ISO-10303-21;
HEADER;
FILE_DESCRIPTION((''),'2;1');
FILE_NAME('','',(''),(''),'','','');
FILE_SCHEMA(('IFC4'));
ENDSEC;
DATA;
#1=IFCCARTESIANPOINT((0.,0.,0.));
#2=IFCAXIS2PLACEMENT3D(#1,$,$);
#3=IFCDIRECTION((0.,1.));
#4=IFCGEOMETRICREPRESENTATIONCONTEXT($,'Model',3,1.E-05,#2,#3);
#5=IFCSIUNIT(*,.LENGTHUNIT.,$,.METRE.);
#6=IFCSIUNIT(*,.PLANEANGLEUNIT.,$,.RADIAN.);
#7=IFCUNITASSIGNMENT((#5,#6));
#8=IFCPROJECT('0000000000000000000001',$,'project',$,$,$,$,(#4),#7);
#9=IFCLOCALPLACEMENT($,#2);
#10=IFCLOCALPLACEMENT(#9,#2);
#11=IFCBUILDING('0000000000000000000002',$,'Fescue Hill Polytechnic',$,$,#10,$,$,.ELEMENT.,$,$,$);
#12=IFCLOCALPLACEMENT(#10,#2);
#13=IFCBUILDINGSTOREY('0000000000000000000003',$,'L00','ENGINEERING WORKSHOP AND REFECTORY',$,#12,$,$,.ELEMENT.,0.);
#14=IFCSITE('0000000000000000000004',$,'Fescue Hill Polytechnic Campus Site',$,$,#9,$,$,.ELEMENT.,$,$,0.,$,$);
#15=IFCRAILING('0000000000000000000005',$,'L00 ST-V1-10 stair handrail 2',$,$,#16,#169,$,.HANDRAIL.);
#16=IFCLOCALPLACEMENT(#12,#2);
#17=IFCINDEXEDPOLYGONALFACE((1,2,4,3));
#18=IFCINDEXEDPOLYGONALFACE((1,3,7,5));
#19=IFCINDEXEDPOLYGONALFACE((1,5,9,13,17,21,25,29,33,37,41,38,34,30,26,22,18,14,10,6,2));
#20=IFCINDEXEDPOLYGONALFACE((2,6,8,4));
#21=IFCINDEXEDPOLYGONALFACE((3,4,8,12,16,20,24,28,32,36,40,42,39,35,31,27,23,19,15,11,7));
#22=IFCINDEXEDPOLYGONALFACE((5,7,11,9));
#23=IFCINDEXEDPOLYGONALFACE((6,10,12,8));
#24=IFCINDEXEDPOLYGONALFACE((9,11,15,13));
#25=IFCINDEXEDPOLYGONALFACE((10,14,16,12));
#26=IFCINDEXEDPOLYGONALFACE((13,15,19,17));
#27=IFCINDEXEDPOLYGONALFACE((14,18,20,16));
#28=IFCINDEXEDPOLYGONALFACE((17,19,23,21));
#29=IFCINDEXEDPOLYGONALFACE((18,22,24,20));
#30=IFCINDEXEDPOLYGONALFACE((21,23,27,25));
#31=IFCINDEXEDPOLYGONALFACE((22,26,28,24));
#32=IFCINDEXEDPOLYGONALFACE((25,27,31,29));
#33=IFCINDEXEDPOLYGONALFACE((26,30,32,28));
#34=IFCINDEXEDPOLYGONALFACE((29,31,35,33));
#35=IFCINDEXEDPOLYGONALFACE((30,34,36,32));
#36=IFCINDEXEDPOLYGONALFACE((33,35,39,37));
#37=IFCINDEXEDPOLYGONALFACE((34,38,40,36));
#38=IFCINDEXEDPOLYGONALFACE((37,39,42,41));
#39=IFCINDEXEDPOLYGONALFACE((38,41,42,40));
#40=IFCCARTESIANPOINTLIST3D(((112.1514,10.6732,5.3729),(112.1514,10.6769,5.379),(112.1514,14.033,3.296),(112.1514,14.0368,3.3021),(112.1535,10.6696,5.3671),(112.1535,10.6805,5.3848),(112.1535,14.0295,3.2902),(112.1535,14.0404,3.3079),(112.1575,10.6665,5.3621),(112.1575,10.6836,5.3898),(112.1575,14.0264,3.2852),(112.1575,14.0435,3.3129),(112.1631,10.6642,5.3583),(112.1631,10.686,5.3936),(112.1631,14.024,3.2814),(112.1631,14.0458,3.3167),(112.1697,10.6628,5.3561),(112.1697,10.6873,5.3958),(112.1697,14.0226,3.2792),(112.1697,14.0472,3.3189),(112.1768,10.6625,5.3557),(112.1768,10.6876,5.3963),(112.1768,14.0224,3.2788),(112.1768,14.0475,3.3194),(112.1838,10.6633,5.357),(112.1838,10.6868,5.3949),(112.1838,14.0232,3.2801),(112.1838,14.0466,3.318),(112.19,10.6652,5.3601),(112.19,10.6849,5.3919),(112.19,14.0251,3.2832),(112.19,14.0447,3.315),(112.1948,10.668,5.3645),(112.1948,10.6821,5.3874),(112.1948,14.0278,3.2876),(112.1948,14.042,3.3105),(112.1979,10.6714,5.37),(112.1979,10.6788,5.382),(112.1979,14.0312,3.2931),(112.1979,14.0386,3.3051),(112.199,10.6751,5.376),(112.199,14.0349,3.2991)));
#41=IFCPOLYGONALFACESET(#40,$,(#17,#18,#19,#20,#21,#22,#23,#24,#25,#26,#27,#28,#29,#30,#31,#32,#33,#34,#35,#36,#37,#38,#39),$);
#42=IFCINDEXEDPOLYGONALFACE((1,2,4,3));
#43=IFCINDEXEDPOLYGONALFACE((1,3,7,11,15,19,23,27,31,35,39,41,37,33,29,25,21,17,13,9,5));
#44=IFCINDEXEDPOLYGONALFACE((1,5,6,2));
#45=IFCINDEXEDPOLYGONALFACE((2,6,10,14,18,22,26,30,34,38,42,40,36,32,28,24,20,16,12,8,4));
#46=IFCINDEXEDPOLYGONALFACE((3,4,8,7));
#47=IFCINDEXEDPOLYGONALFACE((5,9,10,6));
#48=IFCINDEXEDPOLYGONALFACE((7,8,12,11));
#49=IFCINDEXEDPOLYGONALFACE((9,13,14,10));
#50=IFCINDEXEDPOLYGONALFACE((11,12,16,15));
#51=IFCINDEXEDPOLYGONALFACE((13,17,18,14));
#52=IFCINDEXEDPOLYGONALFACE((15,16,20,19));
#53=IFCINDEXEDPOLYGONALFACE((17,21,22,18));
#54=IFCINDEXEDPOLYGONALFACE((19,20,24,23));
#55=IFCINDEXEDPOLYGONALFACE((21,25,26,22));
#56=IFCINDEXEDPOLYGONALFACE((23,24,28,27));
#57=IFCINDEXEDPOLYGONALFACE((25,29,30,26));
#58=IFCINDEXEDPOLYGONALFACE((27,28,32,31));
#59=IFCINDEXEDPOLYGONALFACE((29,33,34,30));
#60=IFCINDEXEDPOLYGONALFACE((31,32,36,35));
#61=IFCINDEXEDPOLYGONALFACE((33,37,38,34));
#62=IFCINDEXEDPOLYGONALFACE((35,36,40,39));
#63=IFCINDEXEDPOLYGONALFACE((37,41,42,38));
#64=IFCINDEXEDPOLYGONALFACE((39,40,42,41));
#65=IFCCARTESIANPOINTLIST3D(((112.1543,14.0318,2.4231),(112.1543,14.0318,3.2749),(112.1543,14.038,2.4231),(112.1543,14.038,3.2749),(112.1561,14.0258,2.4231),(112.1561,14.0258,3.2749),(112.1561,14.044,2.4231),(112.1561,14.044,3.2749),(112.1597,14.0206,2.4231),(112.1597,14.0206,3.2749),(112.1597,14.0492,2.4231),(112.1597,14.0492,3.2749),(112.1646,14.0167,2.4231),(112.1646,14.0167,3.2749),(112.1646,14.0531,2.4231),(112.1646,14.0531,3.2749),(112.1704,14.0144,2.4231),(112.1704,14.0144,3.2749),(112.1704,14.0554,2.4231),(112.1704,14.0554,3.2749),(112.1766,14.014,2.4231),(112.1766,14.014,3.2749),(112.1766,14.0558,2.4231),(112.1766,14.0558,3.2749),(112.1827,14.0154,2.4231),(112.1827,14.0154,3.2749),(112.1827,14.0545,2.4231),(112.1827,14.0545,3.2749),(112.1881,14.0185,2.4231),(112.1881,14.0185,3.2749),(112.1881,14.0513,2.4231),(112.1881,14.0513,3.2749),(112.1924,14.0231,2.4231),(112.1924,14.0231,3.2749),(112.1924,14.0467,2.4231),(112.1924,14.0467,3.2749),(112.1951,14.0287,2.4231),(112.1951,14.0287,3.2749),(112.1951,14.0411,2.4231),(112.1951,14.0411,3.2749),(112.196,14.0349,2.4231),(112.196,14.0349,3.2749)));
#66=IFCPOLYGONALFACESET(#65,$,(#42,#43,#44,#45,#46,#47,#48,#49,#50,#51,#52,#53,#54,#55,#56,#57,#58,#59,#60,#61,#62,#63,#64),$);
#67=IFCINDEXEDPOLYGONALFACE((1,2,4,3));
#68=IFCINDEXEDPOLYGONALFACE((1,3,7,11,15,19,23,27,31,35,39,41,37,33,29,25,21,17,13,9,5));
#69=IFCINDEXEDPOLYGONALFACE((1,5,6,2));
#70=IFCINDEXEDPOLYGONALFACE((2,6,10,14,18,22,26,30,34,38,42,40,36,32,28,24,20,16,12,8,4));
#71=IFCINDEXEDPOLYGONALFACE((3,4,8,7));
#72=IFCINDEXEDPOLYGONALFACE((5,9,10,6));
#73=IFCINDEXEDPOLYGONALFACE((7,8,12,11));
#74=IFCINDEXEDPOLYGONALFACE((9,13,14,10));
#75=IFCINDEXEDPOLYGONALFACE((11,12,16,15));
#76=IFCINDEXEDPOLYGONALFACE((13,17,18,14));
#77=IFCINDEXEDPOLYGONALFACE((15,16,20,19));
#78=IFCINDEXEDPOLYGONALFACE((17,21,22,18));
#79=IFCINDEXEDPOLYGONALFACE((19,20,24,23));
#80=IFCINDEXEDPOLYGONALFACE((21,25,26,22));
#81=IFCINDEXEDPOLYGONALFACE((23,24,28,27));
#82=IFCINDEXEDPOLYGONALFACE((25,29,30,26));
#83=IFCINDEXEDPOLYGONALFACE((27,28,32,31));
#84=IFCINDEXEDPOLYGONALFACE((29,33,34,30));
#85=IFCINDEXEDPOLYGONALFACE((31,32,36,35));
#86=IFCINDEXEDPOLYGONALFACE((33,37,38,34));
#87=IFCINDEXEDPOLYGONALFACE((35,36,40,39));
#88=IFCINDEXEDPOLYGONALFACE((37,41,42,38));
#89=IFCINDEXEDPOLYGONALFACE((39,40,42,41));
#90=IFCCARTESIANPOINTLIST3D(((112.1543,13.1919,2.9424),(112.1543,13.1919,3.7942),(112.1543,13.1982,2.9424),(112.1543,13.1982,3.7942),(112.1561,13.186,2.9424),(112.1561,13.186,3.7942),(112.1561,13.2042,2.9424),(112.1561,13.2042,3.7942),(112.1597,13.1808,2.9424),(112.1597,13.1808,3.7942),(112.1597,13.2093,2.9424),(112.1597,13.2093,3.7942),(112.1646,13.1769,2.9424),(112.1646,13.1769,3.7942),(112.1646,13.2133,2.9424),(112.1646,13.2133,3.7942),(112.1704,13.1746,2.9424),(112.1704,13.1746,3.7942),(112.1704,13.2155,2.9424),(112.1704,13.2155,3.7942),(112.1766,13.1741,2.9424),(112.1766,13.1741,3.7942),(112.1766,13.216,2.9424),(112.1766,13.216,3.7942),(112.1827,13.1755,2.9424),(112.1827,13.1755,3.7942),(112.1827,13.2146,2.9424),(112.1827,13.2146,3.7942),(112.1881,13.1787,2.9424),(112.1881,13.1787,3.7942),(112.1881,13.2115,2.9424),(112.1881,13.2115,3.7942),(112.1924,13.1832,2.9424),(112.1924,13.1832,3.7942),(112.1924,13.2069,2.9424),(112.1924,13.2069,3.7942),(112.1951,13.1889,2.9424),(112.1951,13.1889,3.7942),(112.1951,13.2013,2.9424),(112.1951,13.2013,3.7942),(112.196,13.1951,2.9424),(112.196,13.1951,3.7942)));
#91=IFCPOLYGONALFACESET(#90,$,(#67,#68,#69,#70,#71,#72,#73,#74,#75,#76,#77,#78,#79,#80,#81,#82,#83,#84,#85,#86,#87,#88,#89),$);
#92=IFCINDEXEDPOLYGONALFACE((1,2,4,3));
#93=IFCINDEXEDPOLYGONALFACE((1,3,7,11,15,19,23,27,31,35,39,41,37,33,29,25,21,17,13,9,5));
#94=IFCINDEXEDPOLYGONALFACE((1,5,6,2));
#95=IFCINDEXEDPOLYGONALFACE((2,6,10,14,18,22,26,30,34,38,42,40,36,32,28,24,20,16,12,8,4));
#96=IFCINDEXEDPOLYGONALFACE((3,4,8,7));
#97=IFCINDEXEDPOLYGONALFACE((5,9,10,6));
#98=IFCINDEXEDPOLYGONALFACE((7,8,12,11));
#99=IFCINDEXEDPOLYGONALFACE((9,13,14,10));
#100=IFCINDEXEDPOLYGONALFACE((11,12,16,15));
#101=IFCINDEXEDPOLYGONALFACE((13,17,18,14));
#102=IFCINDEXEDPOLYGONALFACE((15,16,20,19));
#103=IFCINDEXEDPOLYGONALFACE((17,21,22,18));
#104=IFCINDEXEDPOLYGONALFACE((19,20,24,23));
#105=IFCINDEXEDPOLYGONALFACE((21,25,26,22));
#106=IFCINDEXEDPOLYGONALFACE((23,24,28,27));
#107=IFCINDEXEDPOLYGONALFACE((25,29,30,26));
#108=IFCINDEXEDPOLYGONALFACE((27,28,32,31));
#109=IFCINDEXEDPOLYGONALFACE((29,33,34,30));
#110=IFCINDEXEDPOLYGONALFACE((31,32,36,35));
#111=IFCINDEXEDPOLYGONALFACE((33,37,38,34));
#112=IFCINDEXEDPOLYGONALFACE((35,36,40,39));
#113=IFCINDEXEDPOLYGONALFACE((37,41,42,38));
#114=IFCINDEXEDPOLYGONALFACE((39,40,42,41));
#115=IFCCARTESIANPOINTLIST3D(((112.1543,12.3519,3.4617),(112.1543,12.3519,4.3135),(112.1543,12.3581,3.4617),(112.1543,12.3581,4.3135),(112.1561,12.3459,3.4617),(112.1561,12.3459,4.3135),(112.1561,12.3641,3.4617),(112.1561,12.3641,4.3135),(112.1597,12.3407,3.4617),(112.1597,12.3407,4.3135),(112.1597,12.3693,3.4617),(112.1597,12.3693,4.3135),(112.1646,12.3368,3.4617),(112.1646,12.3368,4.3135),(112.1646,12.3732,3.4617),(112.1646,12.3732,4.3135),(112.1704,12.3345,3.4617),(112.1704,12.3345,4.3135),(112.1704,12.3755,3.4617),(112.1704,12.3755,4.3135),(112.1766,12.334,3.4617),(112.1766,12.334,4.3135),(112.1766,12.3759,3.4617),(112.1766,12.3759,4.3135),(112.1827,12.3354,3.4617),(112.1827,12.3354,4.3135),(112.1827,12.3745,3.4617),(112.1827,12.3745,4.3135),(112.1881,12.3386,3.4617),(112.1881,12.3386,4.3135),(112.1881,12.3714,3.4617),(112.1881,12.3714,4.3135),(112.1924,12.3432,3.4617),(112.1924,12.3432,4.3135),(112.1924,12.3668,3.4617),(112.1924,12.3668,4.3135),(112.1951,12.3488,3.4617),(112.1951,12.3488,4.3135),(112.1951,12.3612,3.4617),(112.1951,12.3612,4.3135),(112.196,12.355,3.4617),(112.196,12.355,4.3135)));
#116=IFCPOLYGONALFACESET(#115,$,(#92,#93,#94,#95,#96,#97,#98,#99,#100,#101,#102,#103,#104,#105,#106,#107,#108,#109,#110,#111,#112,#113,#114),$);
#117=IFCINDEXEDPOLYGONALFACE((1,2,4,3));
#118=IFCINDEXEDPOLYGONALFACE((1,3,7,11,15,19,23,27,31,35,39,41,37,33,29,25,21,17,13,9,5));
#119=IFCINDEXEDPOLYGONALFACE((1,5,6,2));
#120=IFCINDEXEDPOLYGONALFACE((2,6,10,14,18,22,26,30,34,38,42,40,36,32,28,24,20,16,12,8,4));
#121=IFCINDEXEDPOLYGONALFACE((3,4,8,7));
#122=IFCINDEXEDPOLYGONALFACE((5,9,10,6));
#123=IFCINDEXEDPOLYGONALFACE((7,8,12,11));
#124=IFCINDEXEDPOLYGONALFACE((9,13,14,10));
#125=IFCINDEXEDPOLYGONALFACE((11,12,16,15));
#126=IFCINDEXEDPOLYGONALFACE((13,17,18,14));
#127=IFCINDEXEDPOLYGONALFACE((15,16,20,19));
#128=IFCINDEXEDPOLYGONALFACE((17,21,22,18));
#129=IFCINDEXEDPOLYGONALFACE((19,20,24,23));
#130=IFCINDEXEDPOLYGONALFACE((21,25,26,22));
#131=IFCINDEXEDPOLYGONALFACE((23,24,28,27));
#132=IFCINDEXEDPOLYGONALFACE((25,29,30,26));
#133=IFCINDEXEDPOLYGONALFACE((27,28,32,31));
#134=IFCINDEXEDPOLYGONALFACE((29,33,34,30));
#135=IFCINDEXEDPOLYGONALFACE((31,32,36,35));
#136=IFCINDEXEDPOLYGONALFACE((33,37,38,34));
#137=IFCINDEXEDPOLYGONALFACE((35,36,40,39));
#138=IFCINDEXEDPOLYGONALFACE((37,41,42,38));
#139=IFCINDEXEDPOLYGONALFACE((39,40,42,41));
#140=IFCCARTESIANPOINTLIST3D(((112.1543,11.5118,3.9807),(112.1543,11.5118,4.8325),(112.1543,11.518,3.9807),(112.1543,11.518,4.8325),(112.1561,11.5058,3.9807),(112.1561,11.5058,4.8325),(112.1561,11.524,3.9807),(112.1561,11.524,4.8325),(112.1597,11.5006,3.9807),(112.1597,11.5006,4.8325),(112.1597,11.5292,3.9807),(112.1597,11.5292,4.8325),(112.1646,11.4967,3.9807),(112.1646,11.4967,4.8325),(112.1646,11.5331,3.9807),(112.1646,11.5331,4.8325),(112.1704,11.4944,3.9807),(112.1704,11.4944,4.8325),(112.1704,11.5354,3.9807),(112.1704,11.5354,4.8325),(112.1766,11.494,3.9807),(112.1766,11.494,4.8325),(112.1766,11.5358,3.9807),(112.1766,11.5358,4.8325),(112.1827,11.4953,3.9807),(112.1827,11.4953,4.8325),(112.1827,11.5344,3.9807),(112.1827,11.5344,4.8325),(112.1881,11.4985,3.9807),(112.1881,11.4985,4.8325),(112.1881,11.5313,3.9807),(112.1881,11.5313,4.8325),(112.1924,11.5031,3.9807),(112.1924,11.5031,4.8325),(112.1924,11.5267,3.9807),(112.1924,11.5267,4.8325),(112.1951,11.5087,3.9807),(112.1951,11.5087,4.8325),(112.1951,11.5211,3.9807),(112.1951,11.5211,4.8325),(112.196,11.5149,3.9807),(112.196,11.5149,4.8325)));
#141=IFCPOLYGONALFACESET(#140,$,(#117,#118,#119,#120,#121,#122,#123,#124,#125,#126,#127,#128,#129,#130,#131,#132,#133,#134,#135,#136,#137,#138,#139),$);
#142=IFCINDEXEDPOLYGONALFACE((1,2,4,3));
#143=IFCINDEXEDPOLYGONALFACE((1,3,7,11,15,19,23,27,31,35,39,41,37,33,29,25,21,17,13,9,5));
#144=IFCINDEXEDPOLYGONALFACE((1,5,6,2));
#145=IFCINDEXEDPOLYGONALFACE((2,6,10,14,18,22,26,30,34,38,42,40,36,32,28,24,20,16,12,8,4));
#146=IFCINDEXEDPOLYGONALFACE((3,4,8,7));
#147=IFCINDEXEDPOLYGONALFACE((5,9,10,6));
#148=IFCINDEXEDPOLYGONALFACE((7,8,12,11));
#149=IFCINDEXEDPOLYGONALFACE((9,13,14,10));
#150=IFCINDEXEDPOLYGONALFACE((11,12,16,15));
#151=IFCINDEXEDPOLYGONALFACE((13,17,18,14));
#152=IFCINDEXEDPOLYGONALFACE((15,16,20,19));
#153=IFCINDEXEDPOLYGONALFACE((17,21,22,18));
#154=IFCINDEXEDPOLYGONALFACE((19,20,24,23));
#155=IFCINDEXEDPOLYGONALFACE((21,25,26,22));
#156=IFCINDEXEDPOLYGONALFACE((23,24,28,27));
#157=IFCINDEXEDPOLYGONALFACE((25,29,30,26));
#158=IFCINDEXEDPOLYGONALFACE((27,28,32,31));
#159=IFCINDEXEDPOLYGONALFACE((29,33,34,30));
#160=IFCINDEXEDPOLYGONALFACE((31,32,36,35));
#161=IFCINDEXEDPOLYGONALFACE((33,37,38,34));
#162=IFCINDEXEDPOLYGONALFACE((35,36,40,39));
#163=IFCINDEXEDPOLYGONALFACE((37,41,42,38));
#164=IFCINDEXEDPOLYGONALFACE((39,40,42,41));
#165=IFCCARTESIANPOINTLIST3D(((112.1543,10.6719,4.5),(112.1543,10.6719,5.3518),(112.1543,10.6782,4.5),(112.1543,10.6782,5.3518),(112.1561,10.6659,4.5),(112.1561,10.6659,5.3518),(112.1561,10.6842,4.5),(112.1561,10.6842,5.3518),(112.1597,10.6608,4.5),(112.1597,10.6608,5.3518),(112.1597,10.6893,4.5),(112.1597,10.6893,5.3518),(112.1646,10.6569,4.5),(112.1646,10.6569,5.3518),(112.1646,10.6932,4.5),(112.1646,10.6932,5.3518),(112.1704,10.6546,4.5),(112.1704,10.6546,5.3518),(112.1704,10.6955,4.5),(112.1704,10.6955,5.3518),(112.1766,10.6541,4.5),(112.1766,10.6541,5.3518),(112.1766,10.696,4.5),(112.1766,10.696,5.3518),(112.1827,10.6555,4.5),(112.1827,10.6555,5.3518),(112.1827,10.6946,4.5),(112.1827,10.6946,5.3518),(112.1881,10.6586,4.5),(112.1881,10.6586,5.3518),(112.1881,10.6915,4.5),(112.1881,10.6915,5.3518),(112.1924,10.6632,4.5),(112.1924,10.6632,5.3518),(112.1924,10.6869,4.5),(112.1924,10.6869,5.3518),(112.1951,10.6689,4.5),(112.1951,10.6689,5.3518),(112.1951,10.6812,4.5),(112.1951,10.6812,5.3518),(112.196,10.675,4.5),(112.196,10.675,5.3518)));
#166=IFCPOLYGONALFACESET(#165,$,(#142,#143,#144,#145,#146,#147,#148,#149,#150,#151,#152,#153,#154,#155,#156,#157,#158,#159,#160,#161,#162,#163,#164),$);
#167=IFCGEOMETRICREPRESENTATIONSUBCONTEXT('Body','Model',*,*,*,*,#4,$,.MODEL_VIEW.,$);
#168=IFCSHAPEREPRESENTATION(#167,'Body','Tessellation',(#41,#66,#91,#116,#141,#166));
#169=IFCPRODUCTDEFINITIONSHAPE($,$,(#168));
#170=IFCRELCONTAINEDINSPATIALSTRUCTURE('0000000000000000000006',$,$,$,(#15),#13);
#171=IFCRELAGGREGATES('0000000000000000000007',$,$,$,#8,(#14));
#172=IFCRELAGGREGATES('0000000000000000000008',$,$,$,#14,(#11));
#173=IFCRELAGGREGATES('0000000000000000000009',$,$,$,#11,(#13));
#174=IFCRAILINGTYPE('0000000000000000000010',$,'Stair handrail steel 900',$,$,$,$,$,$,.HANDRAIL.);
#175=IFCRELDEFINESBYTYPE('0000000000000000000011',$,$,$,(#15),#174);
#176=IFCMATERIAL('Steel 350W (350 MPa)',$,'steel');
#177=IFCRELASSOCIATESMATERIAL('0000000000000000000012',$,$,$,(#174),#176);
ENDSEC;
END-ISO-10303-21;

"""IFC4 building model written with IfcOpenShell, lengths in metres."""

from ifc_helpers import new_model, si_unit, direction, frame, origin, origin_2d, place, context, subcontext, project, spatial, circle, extrude, material, type_object, element, save


model = new_model("IFC4")

# Units and contexts
model_context = context("Model", 3, precision=1e-05, world=origin(), true_north=direction((0.0, 1.0)))
body_context = subcontext(model_context, "Body", "Model", "MODEL_VIEW")
ifc_project = project(units=[si_unit("LENGTHUNIT", "METRE"), si_unit("PLANEANGLEUNIT", "RADIAN")], contexts=[model_context])

# Site, building, storey
site_placement = place(None, origin())
site = spatial("IfcSite", under=ifc_project, at=site_placement, Name="Fescue Hill Polytechnic Campus Site", CompositionType="ELEMENT", RefElevation=0.0)
building_placement = place(site_placement, origin())
building = spatial("IfcBuilding", under=site, at=building_placement, Name="Fescue Hill Polytechnic", CompositionType="ELEMENT")
storey_placement = place(building_placement, origin())
storey = spatial("IfcBuildingStorey", under=building, at=storey_placement, Name="L00", Description="ENGINEERING WORKSHOP AND REFECTORY", CompositionType="ELEMENT", Elevation=0.0)

# Railing
ifc_material_1 = material(Name="Steel 350W (350 MPa)", Category="steel")
railing_type_1 = type_object("IfcRailingType", Name="Stair handrail steel 900", PredefinedType="HANDRAIL", material=ifc_material_1)
for number, where, name in (
    (1, (112.175, 14.0349, 2.4231), "L00 ST-V1-10 stair handrail 2"),
):
    element("IfcRailing", number, at=place(storey_placement, frame(where)), inside=storey, type_object=railing_type_1, Name=name, PredefinedType="HANDRAIL", context=body_context, shape_type="SweptSolid", body=[
        extrude(circle(Radius=0.0239, at=origin_2d()), frame((0.0, 0.0, 0.876), z_axis=(0.0, -0.850606, 0.525803), x_axis=(1.0, 0.0, 0.0)), (0.0, 0.0, 1.0), 3.95),
        extrude(circle(Radius=0.021, at=origin_2d()), origin(), (0.0, 0.0, 1.0), 0.8518),
        extrude(circle(Radius=0.021, at=origin_2d()), frame((0.0, -0.8398, 0.5193)), (0.0, 0.0, 1.0), 0.8518),
        extrude(circle(Radius=0.021, at=origin_2d()), frame((0.0, -1.6799, 1.0386)), (0.0, 0.0, 1.0), 0.8518),
        extrude(circle(Radius=0.021, at=origin_2d()), frame((0.0, -2.52, 1.5576)), (0.0, 0.0, 1.0), 0.8518),
        extrude(circle(Radius=0.021, at=origin_2d()), frame((0.0, -3.3599, 2.0769)), (0.0, 0.0, 1.0), 0.8518),
    ])

save(model, "model.ifc")
